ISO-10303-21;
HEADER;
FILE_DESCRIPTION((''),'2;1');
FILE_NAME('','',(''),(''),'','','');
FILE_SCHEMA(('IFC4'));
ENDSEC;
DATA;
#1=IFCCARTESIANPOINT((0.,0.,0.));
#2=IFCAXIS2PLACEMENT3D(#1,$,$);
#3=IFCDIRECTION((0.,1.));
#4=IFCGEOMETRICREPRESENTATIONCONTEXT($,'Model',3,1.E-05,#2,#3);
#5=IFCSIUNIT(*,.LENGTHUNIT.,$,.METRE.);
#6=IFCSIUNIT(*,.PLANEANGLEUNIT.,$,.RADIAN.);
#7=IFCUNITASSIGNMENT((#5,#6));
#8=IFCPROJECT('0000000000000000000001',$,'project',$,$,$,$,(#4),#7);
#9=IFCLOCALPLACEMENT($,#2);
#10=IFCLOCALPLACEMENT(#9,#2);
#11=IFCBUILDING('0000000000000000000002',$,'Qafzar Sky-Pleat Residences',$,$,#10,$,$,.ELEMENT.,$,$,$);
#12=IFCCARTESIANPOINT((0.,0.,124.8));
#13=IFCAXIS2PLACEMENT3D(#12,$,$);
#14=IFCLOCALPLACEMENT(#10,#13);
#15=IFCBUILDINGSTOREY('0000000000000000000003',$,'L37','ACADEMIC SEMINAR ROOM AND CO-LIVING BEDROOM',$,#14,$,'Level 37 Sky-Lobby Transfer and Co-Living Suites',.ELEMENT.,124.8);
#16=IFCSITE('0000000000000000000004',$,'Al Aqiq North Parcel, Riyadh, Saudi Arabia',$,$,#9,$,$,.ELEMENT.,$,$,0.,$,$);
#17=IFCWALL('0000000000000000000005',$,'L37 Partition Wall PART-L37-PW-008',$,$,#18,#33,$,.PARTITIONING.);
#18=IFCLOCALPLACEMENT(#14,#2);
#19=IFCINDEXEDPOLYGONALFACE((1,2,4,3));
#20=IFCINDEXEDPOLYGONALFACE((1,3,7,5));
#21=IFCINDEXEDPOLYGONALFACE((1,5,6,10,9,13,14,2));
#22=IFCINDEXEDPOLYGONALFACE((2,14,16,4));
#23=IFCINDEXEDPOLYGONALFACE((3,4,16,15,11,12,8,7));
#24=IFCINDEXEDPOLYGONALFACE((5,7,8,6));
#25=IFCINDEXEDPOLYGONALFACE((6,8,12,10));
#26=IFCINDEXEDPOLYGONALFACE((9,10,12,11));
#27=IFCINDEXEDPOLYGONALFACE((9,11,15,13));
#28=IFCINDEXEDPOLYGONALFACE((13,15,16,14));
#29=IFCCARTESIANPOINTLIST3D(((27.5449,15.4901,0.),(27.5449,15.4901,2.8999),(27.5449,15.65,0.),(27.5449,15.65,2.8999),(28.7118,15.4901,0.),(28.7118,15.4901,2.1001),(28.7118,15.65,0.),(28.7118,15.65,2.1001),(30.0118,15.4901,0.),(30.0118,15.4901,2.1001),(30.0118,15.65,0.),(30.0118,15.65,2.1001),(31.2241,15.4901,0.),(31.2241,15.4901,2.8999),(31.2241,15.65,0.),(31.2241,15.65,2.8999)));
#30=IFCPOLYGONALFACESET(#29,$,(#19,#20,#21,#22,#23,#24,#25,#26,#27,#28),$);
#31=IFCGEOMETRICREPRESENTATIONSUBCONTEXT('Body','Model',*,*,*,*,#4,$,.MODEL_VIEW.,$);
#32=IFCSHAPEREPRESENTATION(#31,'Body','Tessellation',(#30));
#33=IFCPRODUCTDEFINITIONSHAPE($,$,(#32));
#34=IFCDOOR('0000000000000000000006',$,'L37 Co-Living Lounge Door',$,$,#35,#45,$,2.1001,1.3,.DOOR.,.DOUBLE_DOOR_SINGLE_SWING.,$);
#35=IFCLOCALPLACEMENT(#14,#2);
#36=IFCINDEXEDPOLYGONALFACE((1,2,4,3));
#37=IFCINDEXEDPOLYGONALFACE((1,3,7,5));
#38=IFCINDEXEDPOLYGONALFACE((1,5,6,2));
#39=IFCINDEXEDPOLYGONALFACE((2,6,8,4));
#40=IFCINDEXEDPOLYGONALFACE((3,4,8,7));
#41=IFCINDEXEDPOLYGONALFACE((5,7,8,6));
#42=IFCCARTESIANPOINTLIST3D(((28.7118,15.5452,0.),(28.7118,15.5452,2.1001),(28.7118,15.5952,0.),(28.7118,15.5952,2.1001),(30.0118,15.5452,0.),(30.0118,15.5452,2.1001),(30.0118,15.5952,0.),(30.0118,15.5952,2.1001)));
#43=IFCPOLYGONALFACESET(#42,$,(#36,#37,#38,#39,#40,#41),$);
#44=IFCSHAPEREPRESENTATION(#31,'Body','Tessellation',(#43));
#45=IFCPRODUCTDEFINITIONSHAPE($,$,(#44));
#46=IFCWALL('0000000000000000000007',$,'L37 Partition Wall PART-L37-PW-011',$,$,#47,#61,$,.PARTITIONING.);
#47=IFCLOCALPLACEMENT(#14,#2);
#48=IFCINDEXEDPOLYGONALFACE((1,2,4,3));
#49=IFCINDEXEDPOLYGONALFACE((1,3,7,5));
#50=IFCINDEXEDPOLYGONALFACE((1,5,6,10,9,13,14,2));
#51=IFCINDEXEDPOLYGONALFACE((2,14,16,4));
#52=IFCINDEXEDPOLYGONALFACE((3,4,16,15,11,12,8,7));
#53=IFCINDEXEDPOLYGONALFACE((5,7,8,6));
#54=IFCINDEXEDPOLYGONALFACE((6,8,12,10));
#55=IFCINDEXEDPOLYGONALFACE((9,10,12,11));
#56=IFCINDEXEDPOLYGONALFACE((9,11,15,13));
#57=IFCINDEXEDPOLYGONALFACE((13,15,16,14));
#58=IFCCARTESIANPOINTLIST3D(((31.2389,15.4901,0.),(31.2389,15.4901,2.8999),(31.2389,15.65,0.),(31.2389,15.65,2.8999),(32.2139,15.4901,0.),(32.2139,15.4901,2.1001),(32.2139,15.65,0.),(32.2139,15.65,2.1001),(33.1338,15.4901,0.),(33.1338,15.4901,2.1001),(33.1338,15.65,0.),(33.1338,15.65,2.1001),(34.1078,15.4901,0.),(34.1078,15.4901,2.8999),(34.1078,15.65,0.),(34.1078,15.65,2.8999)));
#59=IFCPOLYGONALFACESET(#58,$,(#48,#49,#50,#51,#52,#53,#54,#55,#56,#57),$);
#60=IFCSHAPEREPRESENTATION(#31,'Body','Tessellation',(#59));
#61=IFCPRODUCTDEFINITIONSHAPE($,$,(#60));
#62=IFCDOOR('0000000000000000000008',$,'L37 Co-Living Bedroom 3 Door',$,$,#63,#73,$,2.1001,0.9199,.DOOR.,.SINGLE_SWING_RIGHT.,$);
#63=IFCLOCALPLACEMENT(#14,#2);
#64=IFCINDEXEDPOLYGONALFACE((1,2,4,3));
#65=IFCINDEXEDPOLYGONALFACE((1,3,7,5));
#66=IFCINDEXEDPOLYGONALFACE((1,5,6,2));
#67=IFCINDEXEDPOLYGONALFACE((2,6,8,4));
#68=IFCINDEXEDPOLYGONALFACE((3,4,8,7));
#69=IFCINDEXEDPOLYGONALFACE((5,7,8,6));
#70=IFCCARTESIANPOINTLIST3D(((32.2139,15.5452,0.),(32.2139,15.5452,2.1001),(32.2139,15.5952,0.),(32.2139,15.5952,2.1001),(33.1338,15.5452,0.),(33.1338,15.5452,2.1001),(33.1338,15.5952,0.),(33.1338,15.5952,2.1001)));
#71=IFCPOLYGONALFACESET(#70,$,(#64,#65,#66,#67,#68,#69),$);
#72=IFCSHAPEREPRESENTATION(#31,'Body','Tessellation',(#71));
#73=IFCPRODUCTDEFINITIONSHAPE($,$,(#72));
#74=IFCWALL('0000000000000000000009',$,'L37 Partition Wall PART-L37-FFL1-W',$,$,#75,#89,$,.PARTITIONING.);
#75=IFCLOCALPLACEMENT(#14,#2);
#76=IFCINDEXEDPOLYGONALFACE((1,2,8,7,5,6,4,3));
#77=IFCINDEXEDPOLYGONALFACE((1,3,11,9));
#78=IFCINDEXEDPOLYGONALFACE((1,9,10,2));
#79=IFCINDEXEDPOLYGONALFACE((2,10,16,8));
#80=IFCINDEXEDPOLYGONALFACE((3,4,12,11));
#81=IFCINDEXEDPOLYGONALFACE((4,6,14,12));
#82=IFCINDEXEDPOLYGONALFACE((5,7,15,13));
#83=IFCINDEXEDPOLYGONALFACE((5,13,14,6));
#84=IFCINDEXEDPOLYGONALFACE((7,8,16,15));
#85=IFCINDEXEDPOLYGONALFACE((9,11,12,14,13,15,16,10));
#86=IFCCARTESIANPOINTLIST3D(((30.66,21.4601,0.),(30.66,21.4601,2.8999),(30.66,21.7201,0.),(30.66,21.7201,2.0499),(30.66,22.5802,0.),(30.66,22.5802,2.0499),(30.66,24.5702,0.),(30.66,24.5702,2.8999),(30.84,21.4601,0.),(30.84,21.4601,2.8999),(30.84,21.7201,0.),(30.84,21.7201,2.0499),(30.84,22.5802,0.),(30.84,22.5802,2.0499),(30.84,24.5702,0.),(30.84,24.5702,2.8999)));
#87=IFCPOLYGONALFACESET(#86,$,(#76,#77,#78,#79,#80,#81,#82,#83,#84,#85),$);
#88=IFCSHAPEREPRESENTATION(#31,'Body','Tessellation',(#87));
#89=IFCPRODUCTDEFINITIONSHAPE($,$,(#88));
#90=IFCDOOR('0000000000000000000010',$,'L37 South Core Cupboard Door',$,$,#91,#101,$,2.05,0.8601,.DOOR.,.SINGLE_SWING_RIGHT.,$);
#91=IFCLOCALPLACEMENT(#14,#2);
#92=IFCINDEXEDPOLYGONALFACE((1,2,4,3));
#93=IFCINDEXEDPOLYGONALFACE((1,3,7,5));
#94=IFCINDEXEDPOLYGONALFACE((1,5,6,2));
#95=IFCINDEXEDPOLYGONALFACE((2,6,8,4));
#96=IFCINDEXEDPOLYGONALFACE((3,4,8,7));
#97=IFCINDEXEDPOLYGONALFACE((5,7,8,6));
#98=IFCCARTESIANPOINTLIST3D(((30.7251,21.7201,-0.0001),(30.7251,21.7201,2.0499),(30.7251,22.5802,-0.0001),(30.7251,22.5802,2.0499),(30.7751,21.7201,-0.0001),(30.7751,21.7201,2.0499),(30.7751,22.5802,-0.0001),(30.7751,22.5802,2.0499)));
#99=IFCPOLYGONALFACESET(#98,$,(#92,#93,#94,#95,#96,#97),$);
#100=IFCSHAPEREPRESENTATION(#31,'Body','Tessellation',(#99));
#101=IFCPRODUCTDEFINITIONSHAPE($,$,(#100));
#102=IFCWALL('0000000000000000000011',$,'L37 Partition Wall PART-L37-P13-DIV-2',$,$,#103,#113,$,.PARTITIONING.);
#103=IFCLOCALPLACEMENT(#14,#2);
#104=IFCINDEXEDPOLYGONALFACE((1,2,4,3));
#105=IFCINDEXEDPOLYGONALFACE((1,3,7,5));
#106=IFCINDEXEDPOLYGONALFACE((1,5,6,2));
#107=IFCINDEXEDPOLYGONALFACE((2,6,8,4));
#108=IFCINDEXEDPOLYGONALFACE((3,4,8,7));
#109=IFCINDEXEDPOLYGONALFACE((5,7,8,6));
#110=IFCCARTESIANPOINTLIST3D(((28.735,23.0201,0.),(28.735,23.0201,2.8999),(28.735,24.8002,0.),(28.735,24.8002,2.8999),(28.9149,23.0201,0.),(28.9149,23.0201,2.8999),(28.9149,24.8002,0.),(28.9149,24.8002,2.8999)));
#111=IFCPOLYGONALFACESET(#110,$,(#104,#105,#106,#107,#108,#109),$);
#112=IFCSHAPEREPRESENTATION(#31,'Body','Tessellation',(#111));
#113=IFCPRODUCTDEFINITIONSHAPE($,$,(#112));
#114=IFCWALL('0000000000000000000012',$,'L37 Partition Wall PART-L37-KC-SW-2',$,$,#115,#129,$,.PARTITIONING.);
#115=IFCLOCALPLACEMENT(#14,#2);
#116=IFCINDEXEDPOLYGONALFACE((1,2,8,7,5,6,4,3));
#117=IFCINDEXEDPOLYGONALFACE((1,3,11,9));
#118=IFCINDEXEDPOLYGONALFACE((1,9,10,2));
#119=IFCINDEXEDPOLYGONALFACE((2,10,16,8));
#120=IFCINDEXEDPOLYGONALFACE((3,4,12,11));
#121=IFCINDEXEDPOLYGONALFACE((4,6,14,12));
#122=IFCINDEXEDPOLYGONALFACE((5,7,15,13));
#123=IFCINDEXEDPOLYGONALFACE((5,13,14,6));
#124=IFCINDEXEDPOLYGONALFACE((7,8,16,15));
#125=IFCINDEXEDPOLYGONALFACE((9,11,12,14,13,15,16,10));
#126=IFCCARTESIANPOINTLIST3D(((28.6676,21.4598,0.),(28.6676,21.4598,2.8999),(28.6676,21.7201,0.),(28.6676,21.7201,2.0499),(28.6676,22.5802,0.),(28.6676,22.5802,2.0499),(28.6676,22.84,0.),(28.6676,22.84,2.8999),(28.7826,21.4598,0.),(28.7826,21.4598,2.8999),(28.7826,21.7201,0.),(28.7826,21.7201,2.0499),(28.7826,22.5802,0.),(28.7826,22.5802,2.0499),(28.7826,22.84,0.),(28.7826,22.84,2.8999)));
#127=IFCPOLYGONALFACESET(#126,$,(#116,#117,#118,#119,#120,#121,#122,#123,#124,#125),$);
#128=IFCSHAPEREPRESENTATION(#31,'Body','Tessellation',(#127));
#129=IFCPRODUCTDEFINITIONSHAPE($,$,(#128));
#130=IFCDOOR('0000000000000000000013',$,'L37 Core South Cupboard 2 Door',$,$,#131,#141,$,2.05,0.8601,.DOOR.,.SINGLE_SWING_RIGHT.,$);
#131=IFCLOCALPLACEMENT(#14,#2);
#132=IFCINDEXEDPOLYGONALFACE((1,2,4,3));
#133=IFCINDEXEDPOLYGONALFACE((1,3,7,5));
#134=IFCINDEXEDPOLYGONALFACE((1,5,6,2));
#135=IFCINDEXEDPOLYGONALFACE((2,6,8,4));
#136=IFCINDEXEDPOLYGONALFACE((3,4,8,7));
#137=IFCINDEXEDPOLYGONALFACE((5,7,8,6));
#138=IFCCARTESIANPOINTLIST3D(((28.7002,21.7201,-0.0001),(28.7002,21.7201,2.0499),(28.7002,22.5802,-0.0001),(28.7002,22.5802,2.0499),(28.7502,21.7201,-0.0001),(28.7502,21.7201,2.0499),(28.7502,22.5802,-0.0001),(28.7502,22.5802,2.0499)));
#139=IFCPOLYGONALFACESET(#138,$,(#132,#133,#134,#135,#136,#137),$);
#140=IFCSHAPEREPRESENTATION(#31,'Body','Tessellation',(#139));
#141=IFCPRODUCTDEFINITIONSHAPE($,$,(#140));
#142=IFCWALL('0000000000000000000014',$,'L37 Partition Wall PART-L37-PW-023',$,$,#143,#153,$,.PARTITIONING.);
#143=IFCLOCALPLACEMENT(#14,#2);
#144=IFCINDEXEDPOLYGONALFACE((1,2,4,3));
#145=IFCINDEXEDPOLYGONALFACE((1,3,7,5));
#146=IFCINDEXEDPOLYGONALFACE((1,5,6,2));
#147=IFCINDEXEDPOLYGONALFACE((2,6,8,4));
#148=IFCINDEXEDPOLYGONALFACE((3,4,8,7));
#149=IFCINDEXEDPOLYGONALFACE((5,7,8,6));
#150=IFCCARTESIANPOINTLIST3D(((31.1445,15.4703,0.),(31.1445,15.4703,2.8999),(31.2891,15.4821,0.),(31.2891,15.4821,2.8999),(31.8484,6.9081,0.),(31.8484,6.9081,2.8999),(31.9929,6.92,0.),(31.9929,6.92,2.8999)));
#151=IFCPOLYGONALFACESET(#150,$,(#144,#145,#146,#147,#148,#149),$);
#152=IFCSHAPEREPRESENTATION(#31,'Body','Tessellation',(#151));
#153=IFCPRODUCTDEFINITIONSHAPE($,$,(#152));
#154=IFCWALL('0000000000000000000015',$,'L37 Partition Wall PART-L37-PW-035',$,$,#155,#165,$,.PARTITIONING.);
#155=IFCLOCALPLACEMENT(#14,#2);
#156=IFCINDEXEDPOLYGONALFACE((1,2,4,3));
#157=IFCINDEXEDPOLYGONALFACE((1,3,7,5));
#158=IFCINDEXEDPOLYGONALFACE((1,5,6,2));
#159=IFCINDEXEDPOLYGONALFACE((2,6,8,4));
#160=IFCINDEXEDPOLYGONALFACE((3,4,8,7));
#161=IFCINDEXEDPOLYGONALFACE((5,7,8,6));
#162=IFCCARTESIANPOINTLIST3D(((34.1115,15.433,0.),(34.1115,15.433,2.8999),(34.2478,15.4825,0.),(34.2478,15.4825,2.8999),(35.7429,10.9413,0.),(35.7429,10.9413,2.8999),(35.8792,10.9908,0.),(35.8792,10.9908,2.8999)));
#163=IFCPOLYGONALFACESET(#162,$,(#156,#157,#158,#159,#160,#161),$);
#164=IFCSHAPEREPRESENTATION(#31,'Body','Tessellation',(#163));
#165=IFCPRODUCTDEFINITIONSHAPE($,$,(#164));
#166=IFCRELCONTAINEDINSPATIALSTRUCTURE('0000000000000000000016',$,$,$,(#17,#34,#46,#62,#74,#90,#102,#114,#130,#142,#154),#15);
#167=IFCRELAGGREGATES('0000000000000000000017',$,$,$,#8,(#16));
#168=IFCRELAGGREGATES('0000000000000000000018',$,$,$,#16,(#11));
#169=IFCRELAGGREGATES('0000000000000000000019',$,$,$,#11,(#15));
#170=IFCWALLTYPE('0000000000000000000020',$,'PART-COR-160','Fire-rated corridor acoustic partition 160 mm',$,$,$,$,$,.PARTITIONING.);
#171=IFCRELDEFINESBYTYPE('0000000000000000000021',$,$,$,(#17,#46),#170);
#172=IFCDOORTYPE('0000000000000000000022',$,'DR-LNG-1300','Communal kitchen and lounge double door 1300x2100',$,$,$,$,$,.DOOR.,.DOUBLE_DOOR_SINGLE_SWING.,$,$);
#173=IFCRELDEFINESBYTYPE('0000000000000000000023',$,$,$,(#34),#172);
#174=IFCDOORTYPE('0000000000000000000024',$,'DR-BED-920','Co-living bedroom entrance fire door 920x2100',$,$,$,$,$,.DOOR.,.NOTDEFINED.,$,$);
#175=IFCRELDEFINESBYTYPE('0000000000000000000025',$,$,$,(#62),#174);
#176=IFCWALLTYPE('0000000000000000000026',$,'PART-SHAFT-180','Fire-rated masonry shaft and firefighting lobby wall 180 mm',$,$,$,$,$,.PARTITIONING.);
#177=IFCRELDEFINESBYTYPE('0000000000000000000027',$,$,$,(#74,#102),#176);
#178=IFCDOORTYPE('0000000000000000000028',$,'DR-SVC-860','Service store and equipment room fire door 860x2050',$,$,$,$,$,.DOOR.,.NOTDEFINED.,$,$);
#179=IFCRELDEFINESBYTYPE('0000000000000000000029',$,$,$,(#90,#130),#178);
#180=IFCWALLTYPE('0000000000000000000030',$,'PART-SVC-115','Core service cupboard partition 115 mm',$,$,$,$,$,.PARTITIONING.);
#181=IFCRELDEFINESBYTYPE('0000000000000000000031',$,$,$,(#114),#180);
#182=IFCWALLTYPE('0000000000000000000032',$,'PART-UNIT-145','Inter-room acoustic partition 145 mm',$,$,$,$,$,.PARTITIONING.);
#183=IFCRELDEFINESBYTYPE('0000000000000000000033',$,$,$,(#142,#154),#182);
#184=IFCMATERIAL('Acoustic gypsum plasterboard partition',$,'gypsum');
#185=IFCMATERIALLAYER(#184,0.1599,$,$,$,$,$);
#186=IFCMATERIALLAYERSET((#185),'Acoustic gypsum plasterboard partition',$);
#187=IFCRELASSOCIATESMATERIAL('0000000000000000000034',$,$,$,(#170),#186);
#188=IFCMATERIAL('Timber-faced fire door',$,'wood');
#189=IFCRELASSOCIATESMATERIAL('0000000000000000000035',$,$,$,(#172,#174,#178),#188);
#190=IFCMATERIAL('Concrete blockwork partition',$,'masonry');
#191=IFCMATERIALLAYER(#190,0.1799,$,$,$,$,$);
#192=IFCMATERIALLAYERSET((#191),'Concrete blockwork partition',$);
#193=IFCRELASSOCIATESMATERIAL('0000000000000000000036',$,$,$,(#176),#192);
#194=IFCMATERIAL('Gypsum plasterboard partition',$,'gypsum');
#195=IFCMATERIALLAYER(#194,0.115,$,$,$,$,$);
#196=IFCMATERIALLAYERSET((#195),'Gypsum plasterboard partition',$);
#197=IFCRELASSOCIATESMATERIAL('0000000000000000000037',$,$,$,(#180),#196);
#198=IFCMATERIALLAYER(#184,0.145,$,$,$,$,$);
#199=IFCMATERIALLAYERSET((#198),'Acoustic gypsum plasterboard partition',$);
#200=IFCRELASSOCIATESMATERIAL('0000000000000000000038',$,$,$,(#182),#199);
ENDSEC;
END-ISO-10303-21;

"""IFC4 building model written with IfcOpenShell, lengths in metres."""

from ifc_helpers import new_model, si_unit, direction, frame, frame_2d, origin, place, context, subcontext, project, spatial, rectangle, extrude, source, transform, mapped, material, layer, layer_set, type_object, element, fill, save


model = new_model("IFC4")

# Units and contexts
model_context = context("Model", 3, precision=1e-05, world=origin(), true_north=direction((0.0, 1.0)))
body_context = subcontext(model_context, "Body", "Model", "MODEL_VIEW")
ifc_project = project(units=[si_unit("LENGTHUNIT", "METRE"), si_unit("PLANEANGLEUNIT", "RADIAN")], contexts=[model_context])

# Site, building, storey
site_placement = place(None, origin())
site = spatial("IfcSite", under=ifc_project, at=site_placement, Name="Al Aqiq North Parcel, Riyadh, Saudi Arabia", CompositionType="ELEMENT", RefElevation=0.0)
building_placement = place(site_placement, origin())
building = spatial("IfcBuilding", under=site, at=building_placement, Name="Qafzar Sky-Pleat Residences", CompositionType="ELEMENT")
storey_placement = place(building_placement, frame((0.0, 0.0, 124.8)))
storey = spatial("IfcBuildingStorey", under=building, at=storey_placement, Name="L37", Description="ACADEMIC SEMINAR ROOM AND CO-LIVING BEDROOM", LongName="Level 37 Sky-Lobby Transfer and Co-Living Suites", CompositionType="ELEMENT", Elevation=124.8)

# Walls, openings, doors
ifc_material_1 = material(Name="Acoustic gypsum plasterboard partition", Category="gypsum")
ifc_layer_1 = layer(ifc_material_1, 0.1599)
ifc_layer_set_1 = layer_set([ifc_layer_1], Name="Acoustic gypsum plasterboard partition")
wall_type_1 = type_object("IfcWallType", Name="PART-COR-160", Description="Fire-rated corridor acoustic partition 160 mm", PredefinedType="PARTITIONING", material=ifc_layer_set_1)
wall_1_placement = place(storey_placement, frame((31.2241, 15.5701, 0.0), z_axis=(0.0, 0.0, 1.0), x_axis=(-1.0, 0.0, 0.0)))
wall_1 = element("IfcWall", 1, at=wall_1_placement, inside=storey, type_object=wall_type_1, Name="L37 Partition Wall PART-L37-PW-008", PredefinedType="PARTITIONING", context=body_context, shape_type="SweptSolid", body=[
    extrude(rectangle(XDim=3.6792, YDim=0.1599, at=frame_2d((1.8396, 0.0))), origin(), (0.0, 0.0, 1.0), 2.8999),
])
opening_1_placement = place(wall_1_placement, frame((1.2124, 0.0, 0.0)))
opening_1 = element("IfcOpeningElement", 2, at=opening_1_placement, cuts=wall_1, PredefinedType="OPENING", context=body_context, shape_type="SweptSolid", body=[
    extrude(rectangle(XDim=1.3, YDim=2.1001, at=frame_2d((0.6499, 1.05))), frame((0.0, 0.0898, 0.0), z_axis=(0.0, -1.0, 0.0), x_axis=(1.0, 0.0, 0.0)), (0.0, 0.0, 1.0), 0.1799),
])
ifc_material_2 = material(Name="Timber-faced fire door", Category="wood")
door_type_1 = type_object("IfcDoorType", Name="DR-LNG-1300", Description="Communal kitchen and lounge double door 1300x2100", OperationType="DOUBLE_DOOR_SINGLE_SWING", PredefinedType="DOOR", material=ifc_material_2)
shared_shape_1 = source(origin(), body_context, "Body", "SweptSolid", [
    extrude(rectangle(XDim=1.3, YDim=2.1001, at=frame_2d((0.6499, 1.05))), frame((0.0, 0.0249, 0.0), z_axis=(0.0, -1.0, 0.0), x_axis=(1.0, 0.0, 0.0)), (0.0, 0.0, 1.0), 0.05),
])
door_1_placement = place(opening_1_placement, origin())
door_1 = element("IfcDoor", 3, at=door_1_placement, inside=storey, type_object=door_type_1, Name="L37 Co-Living Lounge Door", OperationType="DOUBLE_DOOR_SINGLE_SWING", OverallHeight=2.1001, OverallWidth=1.3, PredefinedType="DOOR", context=body_context, shape_type="MappedRepresentation", body=[
    mapped(shared_shape_1, transform((0.0, 0.0, 0.0), x_axis=(1.0, 0.0, 0.0), y_axis=(0.0, 1.0, 0.0), z_axis=(0.0, 0.0, 1.0), scale=1.0)),
])
fill(opening_1, door_1)
wall_2_placement = place(storey_placement, frame((34.1079, 15.5701, 0.0), z_axis=(0.0, 0.0, 1.0), x_axis=(-1.0, 0.0, 0.0)))
wall_2 = element("IfcWall", 4, at=wall_2_placement, inside=storey, type_object=wall_type_1, Name="L37 Partition Wall PART-L37-PW-011", PredefinedType="PARTITIONING", context=body_context, shape_type="SweptSolid", body=[
    extrude(rectangle(XDim=2.8689, YDim=0.1599, at=frame_2d((1.4346, 0.0))), origin(), (0.0, 0.0, 1.0), 2.8999),
])
opening_2_placement = place(wall_2_placement, frame((0.9741, 0.0, 0.0)))
opening_2 = element("IfcOpeningElement", 5, at=opening_2_placement, cuts=wall_2, PredefinedType="OPENING", context=body_context, shape_type="SweptSolid", body=[
    extrude(rectangle(XDim=0.9199, YDim=2.1001, at=frame_2d((0.46, 1.05))), frame((0.0, 0.0898, 0.0), z_axis=(0.0, -1.0, 0.0), x_axis=(1.0, 0.0, 0.0)), (0.0, 0.0, 1.0), 0.1799),
])
door_type_2 = type_object("IfcDoorType", Name="DR-BED-920", Description="Co-living bedroom entrance fire door 920x2100", OperationType="NOTDEFINED", PredefinedType="DOOR", material=ifc_material_2)
shared_shape_2 = source(origin(), body_context, "Body", "SweptSolid", [
    extrude(rectangle(XDim=0.9199, YDim=2.1001, at=frame_2d((0.46, 1.05))), frame((0.0, 0.0249, 0.0), z_axis=(0.0, -1.0, 0.0), x_axis=(1.0, 0.0, 0.0)), (0.0, 0.0, 1.0), 0.05),
])
door_2_placement = place(opening_2_placement, origin())
door_2 = element("IfcDoor", 6, at=door_2_placement, inside=storey, type_object=door_type_2, Name="L37 Co-Living Bedroom 3 Door", OperationType="SINGLE_SWING_RIGHT", OverallHeight=2.1001, OverallWidth=0.9199, PredefinedType="DOOR", context=body_context, shape_type="MappedRepresentation", body=[
    mapped(shared_shape_2, transform((0.0, 0.0, 0.0), x_axis=(1.0, 0.0, 0.0), y_axis=(0.0, 1.0, 0.0), z_axis=(0.0, 0.0, 1.0), scale=1.0)),
])
fill(opening_2, door_2)
ifc_material_3 = material(Name="Concrete blockwork partition", Category="masonry")
ifc_layer_2 = layer(ifc_material_3, 0.1799)
ifc_layer_set_2 = layer_set([ifc_layer_2], Name="Concrete blockwork partition")
wall_type_2 = type_object("IfcWallType", Name="PART-SHAFT-180", Description="Fire-rated masonry shaft and firefighting lobby wall 180 mm", PredefinedType="PARTITIONING", material=ifc_layer_set_2)
wall_3_placement = place(storey_placement, frame((30.75, 21.46, 0.0), z_axis=(0.0, 0.0, 1.0), x_axis=(0.0, 1.0, 0.0)))
wall_3 = element("IfcWall", 7, at=wall_3_placement, inside=storey, type_object=wall_type_2, Name="L37 Partition Wall PART-L37-FFL1-W", PredefinedType="PARTITIONING", context=body_context, shape_type="SweptSolid", body=[
    extrude(rectangle(XDim=3.1101, YDim=0.1799, at=frame_2d((1.5552, 0.0))), origin(), (0.0, 0.0, 1.0), 2.8999),
])
opening_3_placement = place(wall_3_placement, frame((0.26, 0.0, 0.0)))
opening_3 = element("IfcOpeningElement", 8, at=opening_3_placement, cuts=wall_3, PredefinedType="OPENING", context=body_context, shape_type="SweptSolid", body=[
    extrude(rectangle(XDim=0.8601, YDim=2.05, at=frame_2d((0.4302, 1.0249))), frame((0.0, 0.1001, 0.0), z_axis=(0.0, -1.0, 0.0), x_axis=(1.0, 0.0, 0.0)), (0.0, 0.0, 1.0), 0.2),
])
door_type_3 = type_object("IfcDoorType", Name="DR-SVC-860", Description="Service store and equipment room fire door 860x2050", OperationType="NOTDEFINED", PredefinedType="DOOR", material=ifc_material_2)
shared_shape_3 = source(origin(), body_context, "Body", "SweptSolid", [
    extrude(rectangle(XDim=0.8601, YDim=2.05, at=frame_2d((0.4302, 1.0249))), frame((0.0, 0.0249, 0.0), z_axis=(0.0, -1.0, 0.0), x_axis=(1.0, 0.0, 0.0)), (0.0, 0.0, 1.0), 0.05),
])
door_3_placement = place(opening_3_placement, origin())
door_3 = element("IfcDoor", 9, at=door_3_placement, inside=storey, type_object=door_type_3, Name="L37 South Core Cupboard Door", OperationType="SINGLE_SWING_RIGHT", OverallHeight=2.05, OverallWidth=0.8601, PredefinedType="DOOR", context=body_context, shape_type="MappedRepresentation", body=[
    mapped(shared_shape_3, transform((0.0, 0.0, 0.0), x_axis=(1.0, 0.0, 0.0), y_axis=(0.0, 1.0, 0.0), z_axis=(0.0, 0.0, 1.0), scale=1.0)),
])
fill(opening_3, door_3)

# Wall
wall_4_placement = place(storey_placement, frame((28.825, 23.02, 0.0), z_axis=(0.0, 0.0, 1.0), x_axis=(0.0, 1.0, 0.0)))
element("IfcWall", 10, at=wall_4_placement, inside=storey, type_object=wall_type_2, Name="L37 Partition Wall PART-L37-P13-DIV-2", PredefinedType="PARTITIONING", context=body_context, shape_type="SweptSolid", body=[
    extrude(rectangle(XDim=1.78, YDim=0.1799, at=frame_2d((0.8901, 0.0))), origin(), (0.0, 0.0, 1.0), 2.8999),
])

# Wall, opening, door
ifc_material_4 = material(Name="Gypsum plasterboard partition", Category="gypsum")
ifc_layer_3 = layer(ifc_material_4, 0.115)
ifc_layer_set_3 = layer_set([ifc_layer_3], Name="Gypsum plasterboard partition")
wall_type_3 = type_object("IfcWallType", Name="PART-SVC-115", Description="Core service cupboard partition 115 mm", PredefinedType="PARTITIONING", material=ifc_layer_set_3)
wall_5_placement = place(storey_placement, frame((28.7251, 21.46, 0.0), z_axis=(0.0, 0.0, 1.0), x_axis=(0.0, 1.0, 0.0)))
wall_5 = element("IfcWall", 11, at=wall_5_placement, inside=storey, type_object=wall_type_3, Name="L37 Partition Wall PART-L37-KC-SW-2", PredefinedType="PARTITIONING", context=body_context, shape_type="SweptSolid", body=[
    extrude(rectangle(XDim=1.3801, YDim=0.115, at=frame_2d((0.6899, 0.0))), origin(), (0.0, 0.0, 1.0), 2.8999),
])
opening_4_placement = place(wall_5_placement, frame((0.26, 0.0, 0.0)))
opening_4 = element("IfcOpeningElement", 12, at=opening_4_placement, cuts=wall_5, PredefinedType="OPENING", context=body_context, shape_type="SweptSolid", body=[
    extrude(rectangle(XDim=0.8601, YDim=2.05, at=frame_2d((0.4302, 1.0249))), frame((0.0, 0.0674, 0.0), z_axis=(0.0, -1.0, 0.0), x_axis=(1.0, 0.0, 0.0)), (0.0, 0.0, 1.0), 0.135),
])
door_4_placement = place(opening_4_placement, origin())
door_4 = element("IfcDoor", 13, at=door_4_placement, inside=storey, type_object=door_type_3, Name="L37 Core South Cupboard 2 Door", OperationType="SINGLE_SWING_RIGHT", OverallHeight=2.05, OverallWidth=0.8601, PredefinedType="DOOR", context=body_context, shape_type="MappedRepresentation", body=[
    mapped(shared_shape_3, transform((0.0, 0.0, 0.0), x_axis=(1.0, 0.0, 0.0), y_axis=(0.0, 1.0, 0.0), z_axis=(0.0, 0.0, 1.0), scale=1.0)),
])
fill(opening_4, door_4)

# Walls
ifc_layer_4 = layer(ifc_material_1, 0.145)
ifc_layer_set_4 = layer_set([ifc_layer_4], Name="Acoustic gypsum plasterboard partition")
wall_type_4 = type_object("IfcWallType", Name="PART-UNIT-145", Description="Inter-room acoustic partition 145 mm", PredefinedType="PARTITIONING", material=ifc_layer_set_4)
wall_6_placement = place(storey_placement, frame((31.2168, 15.4761, 0.0), z_axis=(0.0, 0.0, 1.0), x_axis=(0.081928, -0.996638, 0.0)))
element("IfcWall", 14, at=wall_6_placement, inside=storey, type_object=wall_type_4, Name="L37 Partition Wall PART-L37-PW-023", PredefinedType="PARTITIONING", context=body_context, shape_type="SweptSolid", body=[
    extrude(rectangle(XDim=8.5911, YDim=0.145, at=frame_2d((4.2954, 0.0))), origin(), (0.0, 0.0, 1.0), 2.8999),
])
wall_7_placement = place(storey_placement, frame((34.1797, 15.4578, 0.0), z_axis=(0.0, 0.0, 1.0), x_axis=(0.341374, -0.939928, 0.0)))
element("IfcWall", 15, at=wall_7_placement, inside=storey, type_object=wall_type_4, Name="L37 Partition Wall PART-L37-PW-035", PredefinedType="PARTITIONING", context=body_context, shape_type="SweptSolid", body=[
    extrude(rectangle(XDim=4.7788, YDim=0.145, at=frame_2d((2.3894, 0.0))), origin(), (0.0, 0.0, 1.0), 2.8999),
])

save(model, "model.ifc")
